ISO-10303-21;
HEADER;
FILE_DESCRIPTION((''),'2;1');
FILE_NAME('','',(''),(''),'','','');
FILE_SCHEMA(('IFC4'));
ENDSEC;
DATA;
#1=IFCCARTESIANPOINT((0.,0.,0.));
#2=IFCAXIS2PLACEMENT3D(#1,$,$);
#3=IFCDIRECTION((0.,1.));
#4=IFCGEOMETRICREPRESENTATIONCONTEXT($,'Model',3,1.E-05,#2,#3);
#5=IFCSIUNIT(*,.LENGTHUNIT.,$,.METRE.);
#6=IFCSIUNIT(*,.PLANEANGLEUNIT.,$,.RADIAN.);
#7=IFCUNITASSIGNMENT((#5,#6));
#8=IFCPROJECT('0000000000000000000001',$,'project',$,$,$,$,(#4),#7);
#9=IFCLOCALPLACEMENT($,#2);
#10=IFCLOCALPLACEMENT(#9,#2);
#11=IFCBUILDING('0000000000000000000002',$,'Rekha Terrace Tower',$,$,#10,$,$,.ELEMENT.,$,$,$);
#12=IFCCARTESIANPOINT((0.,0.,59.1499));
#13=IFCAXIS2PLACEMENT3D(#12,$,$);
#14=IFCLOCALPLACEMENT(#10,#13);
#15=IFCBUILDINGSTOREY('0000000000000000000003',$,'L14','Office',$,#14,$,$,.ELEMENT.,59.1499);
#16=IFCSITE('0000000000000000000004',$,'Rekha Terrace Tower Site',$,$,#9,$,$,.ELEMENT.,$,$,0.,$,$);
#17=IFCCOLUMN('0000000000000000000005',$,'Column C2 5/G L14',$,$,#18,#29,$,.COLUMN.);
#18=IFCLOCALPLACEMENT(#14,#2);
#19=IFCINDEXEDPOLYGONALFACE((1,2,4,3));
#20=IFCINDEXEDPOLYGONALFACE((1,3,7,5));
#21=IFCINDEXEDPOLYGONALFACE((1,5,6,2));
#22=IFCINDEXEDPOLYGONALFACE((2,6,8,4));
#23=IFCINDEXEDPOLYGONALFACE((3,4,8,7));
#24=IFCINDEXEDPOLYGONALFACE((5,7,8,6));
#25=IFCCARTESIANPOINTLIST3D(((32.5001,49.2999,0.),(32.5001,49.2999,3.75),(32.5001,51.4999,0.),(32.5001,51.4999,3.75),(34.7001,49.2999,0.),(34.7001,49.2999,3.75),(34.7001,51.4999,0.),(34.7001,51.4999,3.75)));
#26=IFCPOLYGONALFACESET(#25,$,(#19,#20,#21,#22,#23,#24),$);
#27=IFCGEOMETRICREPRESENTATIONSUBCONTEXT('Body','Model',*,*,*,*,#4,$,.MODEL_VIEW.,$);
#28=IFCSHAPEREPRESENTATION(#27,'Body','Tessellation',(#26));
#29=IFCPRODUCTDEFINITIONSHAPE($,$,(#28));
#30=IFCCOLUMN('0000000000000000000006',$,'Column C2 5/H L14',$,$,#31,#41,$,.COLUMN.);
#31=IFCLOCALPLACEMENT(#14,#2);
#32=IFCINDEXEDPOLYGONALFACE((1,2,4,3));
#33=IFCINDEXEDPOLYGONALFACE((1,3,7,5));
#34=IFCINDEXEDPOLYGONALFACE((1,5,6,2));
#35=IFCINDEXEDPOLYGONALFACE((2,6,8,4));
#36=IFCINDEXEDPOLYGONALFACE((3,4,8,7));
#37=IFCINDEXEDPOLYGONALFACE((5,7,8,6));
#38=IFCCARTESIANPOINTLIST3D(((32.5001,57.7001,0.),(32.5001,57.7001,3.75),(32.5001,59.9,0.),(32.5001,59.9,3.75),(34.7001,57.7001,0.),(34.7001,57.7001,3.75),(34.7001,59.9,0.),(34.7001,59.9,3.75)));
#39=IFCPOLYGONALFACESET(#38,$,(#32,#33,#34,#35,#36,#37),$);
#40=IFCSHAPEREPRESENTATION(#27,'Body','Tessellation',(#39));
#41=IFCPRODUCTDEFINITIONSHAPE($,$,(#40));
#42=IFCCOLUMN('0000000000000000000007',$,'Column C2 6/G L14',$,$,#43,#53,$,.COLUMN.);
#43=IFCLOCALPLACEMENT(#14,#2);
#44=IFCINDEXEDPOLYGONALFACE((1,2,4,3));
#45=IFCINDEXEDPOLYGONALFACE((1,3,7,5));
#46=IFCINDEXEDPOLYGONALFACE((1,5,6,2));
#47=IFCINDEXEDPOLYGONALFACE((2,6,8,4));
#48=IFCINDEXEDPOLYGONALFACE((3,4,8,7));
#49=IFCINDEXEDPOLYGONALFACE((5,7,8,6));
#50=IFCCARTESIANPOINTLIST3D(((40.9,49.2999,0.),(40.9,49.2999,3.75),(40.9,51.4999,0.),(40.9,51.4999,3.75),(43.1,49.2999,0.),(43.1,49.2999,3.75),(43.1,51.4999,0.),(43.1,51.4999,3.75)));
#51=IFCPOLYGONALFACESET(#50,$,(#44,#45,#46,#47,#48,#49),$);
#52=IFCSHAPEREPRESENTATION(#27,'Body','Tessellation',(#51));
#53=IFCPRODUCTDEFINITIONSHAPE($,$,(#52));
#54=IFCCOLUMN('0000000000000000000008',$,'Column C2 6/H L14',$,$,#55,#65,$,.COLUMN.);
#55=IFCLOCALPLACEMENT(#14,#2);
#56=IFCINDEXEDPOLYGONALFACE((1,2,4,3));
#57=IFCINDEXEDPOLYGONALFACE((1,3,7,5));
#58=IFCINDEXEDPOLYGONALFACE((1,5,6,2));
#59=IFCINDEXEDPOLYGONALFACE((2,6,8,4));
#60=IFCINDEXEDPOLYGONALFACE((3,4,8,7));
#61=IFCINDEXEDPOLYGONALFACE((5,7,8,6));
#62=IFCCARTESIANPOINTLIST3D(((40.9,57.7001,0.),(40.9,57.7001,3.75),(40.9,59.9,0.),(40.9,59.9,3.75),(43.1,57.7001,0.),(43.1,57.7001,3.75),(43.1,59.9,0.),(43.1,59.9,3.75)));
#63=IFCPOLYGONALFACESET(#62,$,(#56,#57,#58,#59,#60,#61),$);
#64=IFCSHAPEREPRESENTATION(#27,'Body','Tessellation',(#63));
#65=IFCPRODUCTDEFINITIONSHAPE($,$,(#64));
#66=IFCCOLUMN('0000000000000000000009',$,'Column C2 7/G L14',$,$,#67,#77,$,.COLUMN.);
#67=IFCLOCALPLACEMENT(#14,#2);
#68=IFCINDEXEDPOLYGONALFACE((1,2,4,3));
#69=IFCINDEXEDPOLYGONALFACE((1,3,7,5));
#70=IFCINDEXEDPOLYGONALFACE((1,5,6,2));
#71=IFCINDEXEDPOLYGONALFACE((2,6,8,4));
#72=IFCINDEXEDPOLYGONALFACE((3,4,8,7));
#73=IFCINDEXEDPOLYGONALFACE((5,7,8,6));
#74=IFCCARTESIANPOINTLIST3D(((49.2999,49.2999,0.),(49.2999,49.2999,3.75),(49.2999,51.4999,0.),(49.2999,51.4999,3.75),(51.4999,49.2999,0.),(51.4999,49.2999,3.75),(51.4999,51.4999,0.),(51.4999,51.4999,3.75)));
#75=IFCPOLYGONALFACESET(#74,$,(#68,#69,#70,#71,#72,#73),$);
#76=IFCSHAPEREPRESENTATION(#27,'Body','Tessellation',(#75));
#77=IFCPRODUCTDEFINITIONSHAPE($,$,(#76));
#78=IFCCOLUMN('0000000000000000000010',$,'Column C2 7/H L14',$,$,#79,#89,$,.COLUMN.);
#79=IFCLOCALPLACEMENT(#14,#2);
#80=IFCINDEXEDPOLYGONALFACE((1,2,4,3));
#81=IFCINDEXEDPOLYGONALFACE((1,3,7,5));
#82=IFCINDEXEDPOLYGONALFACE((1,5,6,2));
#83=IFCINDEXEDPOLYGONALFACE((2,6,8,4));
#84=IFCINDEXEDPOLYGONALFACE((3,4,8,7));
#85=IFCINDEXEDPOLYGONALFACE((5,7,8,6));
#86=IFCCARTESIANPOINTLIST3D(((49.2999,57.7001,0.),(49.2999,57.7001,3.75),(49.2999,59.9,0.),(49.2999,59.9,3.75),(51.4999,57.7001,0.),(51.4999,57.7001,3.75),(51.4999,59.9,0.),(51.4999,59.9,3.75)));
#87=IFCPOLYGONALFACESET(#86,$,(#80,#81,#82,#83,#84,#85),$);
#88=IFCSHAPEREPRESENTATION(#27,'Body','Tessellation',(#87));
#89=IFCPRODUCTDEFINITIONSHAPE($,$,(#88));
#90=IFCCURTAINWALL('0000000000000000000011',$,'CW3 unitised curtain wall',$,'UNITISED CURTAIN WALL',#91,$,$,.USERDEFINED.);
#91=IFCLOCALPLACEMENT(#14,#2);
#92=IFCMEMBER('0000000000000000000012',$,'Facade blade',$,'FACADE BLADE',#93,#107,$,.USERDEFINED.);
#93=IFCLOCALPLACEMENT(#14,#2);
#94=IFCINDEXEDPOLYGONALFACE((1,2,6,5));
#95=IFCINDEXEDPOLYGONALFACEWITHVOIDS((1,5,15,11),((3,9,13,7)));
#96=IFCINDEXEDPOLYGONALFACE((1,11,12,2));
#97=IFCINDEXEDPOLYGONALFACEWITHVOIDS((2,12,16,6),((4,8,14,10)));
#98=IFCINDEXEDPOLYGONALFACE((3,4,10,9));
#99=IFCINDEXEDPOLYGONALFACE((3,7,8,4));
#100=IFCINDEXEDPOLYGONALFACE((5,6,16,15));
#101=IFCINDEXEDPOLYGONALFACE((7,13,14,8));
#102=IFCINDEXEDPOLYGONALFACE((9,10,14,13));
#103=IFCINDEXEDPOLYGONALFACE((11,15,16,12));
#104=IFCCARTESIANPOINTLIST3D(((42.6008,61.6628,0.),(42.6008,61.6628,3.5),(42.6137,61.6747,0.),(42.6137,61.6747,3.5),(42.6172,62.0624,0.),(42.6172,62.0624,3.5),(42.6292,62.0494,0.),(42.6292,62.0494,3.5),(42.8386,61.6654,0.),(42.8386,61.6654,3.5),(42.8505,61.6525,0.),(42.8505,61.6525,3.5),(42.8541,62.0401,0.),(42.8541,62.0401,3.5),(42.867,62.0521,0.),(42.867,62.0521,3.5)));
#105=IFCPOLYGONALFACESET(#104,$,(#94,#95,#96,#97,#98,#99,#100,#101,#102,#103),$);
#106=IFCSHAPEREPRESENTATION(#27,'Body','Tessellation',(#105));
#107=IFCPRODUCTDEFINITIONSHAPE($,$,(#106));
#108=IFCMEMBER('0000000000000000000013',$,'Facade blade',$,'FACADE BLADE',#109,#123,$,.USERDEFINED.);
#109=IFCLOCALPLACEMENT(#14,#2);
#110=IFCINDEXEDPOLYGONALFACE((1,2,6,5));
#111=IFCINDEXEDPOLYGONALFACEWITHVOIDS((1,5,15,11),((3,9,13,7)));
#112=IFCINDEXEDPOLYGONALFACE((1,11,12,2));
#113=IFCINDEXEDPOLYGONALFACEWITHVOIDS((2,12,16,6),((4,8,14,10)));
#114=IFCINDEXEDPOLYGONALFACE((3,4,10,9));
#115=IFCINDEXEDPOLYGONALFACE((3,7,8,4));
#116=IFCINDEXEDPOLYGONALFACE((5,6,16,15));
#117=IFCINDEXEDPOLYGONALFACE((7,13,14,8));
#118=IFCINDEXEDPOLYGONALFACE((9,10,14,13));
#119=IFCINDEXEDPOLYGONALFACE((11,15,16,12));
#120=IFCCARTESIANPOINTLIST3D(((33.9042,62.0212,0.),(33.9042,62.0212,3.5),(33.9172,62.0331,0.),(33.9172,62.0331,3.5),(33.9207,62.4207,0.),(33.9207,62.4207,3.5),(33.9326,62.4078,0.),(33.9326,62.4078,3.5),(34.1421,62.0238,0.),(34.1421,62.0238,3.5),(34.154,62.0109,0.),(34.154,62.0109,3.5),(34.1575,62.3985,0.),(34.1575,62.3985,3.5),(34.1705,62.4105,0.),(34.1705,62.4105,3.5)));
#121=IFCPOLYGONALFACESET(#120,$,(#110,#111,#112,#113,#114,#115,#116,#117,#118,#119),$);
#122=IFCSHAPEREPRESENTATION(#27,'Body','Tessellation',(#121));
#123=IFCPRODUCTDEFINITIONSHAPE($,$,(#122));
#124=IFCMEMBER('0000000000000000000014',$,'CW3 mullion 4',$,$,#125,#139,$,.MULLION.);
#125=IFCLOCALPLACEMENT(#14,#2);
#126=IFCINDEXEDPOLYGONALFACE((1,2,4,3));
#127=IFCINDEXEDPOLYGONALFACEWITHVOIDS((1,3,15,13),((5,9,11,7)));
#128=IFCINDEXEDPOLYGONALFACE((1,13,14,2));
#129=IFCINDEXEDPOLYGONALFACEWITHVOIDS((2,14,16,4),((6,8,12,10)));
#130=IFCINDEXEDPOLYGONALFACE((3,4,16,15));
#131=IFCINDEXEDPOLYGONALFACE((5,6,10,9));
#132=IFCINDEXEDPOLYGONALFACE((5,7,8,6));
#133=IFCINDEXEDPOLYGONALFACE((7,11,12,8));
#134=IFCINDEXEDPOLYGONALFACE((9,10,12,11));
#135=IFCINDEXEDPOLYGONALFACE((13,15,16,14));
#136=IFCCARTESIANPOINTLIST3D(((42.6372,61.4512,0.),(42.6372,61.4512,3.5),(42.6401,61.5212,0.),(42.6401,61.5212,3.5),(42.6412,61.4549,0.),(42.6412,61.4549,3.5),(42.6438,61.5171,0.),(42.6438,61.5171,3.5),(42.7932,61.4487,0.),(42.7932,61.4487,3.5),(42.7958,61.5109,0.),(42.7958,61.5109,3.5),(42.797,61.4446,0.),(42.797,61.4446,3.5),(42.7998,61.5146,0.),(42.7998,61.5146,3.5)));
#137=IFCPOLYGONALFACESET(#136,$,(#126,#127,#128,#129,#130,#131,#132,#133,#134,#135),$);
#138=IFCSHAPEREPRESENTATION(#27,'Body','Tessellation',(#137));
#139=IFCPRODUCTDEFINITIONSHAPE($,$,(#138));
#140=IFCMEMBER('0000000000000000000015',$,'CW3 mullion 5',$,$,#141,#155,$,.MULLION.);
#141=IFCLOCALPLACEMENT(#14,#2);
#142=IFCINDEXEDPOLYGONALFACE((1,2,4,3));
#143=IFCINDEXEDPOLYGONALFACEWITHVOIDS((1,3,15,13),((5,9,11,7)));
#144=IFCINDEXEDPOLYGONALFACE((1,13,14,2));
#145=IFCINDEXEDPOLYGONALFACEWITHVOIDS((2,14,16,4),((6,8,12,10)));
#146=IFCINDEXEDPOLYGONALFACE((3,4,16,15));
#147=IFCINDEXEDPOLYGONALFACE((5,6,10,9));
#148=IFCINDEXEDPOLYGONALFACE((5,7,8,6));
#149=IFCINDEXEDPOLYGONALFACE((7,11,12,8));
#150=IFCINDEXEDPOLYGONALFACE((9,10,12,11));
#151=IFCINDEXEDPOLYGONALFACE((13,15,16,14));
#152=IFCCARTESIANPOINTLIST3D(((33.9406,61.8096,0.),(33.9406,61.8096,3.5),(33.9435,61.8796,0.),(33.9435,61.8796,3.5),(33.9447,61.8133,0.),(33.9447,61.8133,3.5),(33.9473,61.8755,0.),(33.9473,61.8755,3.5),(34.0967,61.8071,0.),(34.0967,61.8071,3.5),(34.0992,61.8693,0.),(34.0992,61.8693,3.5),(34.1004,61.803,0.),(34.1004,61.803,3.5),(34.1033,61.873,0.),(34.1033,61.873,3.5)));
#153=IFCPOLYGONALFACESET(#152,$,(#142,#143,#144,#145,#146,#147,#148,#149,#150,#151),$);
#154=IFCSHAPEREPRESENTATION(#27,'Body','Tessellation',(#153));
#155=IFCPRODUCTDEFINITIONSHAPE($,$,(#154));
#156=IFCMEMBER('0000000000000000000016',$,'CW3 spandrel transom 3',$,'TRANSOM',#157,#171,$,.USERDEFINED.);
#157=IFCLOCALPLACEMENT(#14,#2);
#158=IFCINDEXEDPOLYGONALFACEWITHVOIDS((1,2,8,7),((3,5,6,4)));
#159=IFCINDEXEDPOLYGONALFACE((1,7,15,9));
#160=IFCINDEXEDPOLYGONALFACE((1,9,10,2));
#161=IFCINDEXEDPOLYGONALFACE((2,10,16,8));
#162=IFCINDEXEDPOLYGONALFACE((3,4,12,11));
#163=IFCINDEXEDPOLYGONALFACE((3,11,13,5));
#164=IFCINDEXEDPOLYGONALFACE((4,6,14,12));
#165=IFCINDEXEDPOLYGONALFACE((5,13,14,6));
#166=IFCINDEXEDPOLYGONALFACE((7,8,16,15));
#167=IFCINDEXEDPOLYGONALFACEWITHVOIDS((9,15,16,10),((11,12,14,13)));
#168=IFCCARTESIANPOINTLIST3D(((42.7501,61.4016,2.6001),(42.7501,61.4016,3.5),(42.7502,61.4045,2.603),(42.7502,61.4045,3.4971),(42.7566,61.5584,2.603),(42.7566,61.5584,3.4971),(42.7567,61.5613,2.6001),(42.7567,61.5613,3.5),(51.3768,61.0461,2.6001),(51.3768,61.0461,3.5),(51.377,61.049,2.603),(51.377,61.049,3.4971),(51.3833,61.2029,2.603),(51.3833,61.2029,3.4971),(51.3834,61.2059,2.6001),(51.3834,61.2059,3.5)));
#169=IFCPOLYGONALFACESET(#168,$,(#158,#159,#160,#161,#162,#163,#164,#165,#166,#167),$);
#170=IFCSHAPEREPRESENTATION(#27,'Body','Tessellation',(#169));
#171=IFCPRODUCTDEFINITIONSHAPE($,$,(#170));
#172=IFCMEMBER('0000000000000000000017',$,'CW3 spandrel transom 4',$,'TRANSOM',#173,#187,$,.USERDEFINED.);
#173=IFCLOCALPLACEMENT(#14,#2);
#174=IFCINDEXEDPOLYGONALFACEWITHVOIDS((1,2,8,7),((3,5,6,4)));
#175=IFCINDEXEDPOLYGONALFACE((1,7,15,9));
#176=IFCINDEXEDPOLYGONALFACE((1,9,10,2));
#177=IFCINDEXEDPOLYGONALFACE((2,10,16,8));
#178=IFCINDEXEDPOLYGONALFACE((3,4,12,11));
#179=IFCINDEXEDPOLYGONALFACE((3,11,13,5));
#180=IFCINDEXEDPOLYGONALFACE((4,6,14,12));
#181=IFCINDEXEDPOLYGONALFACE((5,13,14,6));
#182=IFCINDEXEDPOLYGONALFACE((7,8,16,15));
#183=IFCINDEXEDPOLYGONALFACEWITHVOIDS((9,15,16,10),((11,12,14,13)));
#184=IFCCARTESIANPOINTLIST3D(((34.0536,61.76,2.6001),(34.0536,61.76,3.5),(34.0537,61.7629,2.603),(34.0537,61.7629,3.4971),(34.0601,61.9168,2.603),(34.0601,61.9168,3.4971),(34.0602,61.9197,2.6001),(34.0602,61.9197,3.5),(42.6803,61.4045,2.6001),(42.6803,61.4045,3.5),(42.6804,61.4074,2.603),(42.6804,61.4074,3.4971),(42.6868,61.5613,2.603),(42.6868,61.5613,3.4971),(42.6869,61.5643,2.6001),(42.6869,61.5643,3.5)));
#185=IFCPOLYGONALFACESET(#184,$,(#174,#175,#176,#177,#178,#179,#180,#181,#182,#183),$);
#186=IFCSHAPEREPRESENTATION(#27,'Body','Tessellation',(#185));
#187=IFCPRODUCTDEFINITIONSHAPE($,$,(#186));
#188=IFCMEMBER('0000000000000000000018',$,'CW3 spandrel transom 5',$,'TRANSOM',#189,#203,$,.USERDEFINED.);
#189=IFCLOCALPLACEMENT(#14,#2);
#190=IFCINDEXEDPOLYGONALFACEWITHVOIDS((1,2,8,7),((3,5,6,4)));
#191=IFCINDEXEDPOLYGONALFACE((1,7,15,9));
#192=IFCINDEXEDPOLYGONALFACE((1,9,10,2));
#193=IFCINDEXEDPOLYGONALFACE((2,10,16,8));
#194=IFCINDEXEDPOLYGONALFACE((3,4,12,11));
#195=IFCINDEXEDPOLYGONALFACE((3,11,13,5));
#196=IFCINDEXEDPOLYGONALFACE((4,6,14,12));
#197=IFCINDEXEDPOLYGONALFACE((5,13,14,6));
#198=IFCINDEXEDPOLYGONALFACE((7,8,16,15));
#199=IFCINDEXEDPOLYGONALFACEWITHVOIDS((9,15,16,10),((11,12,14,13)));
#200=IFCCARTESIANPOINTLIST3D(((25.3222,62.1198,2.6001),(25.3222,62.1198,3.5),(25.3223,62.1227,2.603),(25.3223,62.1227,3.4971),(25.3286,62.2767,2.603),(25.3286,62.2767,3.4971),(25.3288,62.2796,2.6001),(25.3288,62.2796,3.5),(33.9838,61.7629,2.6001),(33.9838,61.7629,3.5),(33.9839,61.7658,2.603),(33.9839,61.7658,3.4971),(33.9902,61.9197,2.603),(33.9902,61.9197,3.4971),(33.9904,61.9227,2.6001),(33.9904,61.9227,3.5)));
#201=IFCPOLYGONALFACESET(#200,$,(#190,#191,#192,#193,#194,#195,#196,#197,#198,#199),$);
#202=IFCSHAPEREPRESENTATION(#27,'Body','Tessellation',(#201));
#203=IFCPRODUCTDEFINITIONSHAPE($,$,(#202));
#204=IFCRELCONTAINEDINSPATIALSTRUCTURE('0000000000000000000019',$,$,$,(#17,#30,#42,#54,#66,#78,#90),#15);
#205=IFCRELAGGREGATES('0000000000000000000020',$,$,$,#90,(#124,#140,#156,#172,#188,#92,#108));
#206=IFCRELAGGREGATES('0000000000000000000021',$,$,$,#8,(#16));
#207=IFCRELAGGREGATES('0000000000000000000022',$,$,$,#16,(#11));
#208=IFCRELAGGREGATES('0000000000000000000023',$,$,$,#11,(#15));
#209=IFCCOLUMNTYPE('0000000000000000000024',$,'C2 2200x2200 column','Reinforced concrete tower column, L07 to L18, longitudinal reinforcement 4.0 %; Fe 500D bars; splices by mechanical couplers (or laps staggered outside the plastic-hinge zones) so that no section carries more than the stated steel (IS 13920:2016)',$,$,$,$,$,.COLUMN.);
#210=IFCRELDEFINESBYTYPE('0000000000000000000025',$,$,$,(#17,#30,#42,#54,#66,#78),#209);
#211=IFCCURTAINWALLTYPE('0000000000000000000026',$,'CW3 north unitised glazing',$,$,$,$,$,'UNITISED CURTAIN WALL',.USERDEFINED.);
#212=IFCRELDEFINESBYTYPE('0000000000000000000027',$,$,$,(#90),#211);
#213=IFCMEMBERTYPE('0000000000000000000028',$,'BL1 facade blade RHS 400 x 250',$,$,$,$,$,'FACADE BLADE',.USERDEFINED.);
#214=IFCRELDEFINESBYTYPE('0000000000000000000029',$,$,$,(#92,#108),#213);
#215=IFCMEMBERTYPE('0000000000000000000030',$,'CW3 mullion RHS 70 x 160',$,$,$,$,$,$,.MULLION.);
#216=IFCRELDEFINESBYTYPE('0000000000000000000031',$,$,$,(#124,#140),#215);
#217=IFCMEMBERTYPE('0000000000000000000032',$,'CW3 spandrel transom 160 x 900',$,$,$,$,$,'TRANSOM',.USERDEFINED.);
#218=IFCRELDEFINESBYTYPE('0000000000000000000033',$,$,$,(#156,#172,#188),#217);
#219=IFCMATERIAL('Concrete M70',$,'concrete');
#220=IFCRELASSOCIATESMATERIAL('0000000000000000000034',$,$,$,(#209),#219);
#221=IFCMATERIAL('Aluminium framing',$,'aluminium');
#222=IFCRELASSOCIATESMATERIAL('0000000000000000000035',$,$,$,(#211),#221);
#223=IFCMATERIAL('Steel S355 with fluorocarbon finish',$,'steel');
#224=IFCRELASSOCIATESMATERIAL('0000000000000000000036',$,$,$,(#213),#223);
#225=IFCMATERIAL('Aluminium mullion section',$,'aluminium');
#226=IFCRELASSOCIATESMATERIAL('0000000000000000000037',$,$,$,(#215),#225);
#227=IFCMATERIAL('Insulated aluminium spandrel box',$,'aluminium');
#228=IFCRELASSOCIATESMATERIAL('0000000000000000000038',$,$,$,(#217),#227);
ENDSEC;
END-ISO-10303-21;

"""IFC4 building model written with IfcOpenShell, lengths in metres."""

from ifc_helpers import new_model, si_unit, direction, frame, origin, origin_2d, place, context, subcontext, project, spatial, rectangle, hollow_rectangle, extrude, material, material_profile, profile_set, type_object, element, aggregate, save


model = new_model("IFC4")

# Units and contexts
model_context = context("Model", 3, precision=1e-05, world=origin(), true_north=direction((0.0, 1.0)))
body_context = subcontext(model_context, "Body", "Model", "MODEL_VIEW")
ifc_project = project(units=[si_unit("LENGTHUNIT", "METRE"), si_unit("PLANEANGLEUNIT", "RADIAN")], contexts=[model_context])

# Site, building, storey
site_placement = place(None, origin())
site = spatial("IfcSite", under=ifc_project, at=site_placement, Name="Rekha Terrace Tower Site", CompositionType="ELEMENT", RefElevation=0.0)
building_placement = place(site_placement, origin())
building = spatial("IfcBuilding", under=site, at=building_placement, Name="Rekha Terrace Tower", CompositionType="ELEMENT")
storey_placement = place(building_placement, frame((0.0, 0.0, 59.1499)))
storey = spatial("IfcBuildingStorey", under=building, at=storey_placement, Name="L14", Description="Office", CompositionType="ELEMENT", Elevation=59.1499)

# Columns
ifc_material_1 = material(Name="Concrete M70", Category="concrete")
ifc_material_profile_1 = material_profile(ifc_material_1, rectangle(XDim=2.2, YDim=2.2, at=origin_2d()), Name="RC 2200x2200")
ifc_profile_set_1 = profile_set([ifc_material_profile_1], Name="Concrete M70")
column_type = type_object("IfcColumnType", Name="C2 2200x2200 column", Description="Reinforced concrete tower column, L07 to L18, longitudinal reinforcement 4.0 %; Fe 500D bars; splices by mechanical couplers (or laps staggered outside the plastic-hinge zones) so that no section carries more than the stated steel (IS 13920:2016)", PredefinedType="COLUMN", material=ifc_profile_set_1)
for number, where, z_axis, x_axis, name in (
    (1, (33.6001, 50.3999, 0.0), (0.0, 0.0, 1.0), (1.0, 0.0, 0.0), "Column C2 5/G L14"),
    (2, (33.6001, 58.8, 0.0), (0.0, 0.0, 1.0), (1.0, 0.0, 0.0), "Column C2 5/H L14"),
    (3, (42.0, 50.3999, 0.0), (0.0, 0.0, 1.0), (1.0, 0.0, 0.0), "Column C2 6/G L14"),
    (4, (42.0, 58.8, 0.0), (0.0, 0.0, 1.0), (1.0, 0.0, 0.0), "Column C2 6/H L14"),
    (5, (50.3999, 50.3999, 0.0), (0.0, 0.0, 1.0), (1.0, 0.0, 0.0), "Column C2 7/G L14"),
    (6, (50.3999, 58.8, 0.0), (0.0, 0.0, 1.0), (1.0, 0.0, 0.0), "Column C2 7/H L14"),
):
    element("IfcColumn", number, at=place(storey_placement, frame(where, z_axis=z_axis, x_axis=x_axis)), inside=storey, type_object=column_type, Name=name, PredefinedType="COLUMN", context=body_context, shape_type="SweptSolid", body=[
        extrude(rectangle(XDim=2.2, YDim=2.2, at=origin_2d()), origin(), (0.0, 0.0, 1.0), 3.75),
    ])

# Curtain wall, members
ifc_material_2 = material(Name="Aluminium framing", Category="aluminium")
curtain_wall_type = type_object("IfcCurtainWallType", Name="CW3 north unitised glazing", ElementType="UNITISED CURTAIN WALL", PredefinedType="USERDEFINED", material=ifc_material_2)
curtain_wall_placement = place(storey_placement, origin())
curtain_wall = element("IfcCurtainWall", 7, at=curtain_wall_placement, inside=storey, type_object=curtain_wall_type, Name="CW3 unitised curtain wall", ObjectType="UNITISED CURTAIN WALL", PredefinedType="USERDEFINED")
ifc_material_3 = material(Name="Steel S355 with fluorocarbon finish", Category="steel")
ifc_material_profile_2 = material_profile(ifc_material_3, hollow_rectangle(XDim=0.25, YDim=0.3999, WallThickness=0.0125, at=origin_2d()), Name="RHS400x250x12.5")
ifc_profile_set_2 = profile_set([ifc_material_profile_2], Name="Steel S355 with fluorocarbon finish")
member_type_1 = type_object("IfcMemberType", Name="BL1 facade blade RHS 400 x 250", ElementType="FACADE BLADE", PredefinedType="USERDEFINED", material=ifc_profile_set_2)
member_1_placement = place(storey_placement, frame((42.7339, 61.8574, 0.0), z_axis=(0.0, 0.0, 1.0), x_axis=(-0.999152, 0.041175, 0.0)))
member_1 = element("IfcMember", 8, at=member_1_placement, type_object=member_type_1, Name="Facade blade", ObjectType="FACADE BLADE", PredefinedType="USERDEFINED", context=body_context, shape_type="SweptSolid", body=[
    extrude(hollow_rectangle(XDim=0.25, YDim=0.3999, WallThickness=0.0125, at=origin_2d()), origin(), (0.0, 0.0, 1.0), 3.5),
])
member_2_placement = place(storey_placement, frame((34.0374, 62.2158, 0.0), z_axis=(0.0, 0.0, 1.0), x_axis=(-0.999152, 0.041175, 0.0)))
member_2 = element("IfcMember", 9, at=member_2_placement, type_object=member_type_1, Name="Facade blade", ObjectType="FACADE BLADE", PredefinedType="USERDEFINED", context=body_context, shape_type="SweptSolid", body=[
    extrude(hollow_rectangle(XDim=0.25, YDim=0.3999, WallThickness=0.0125, at=origin_2d()), origin(), (0.0, 0.0, 1.0), 3.5),
])
ifc_material_4 = material(Name="Aluminium mullion section", Category="aluminium")
ifc_material_profile_3 = material_profile(ifc_material_4, hollow_rectangle(XDim=0.0701, YDim=0.1599, WallThickness=0.0039, at=origin_2d()), Name="AL RHS 70x160")
ifc_profile_set_3 = profile_set([ifc_material_profile_3], Name="Aluminium mullion section")
member_type_2 = type_object("IfcMemberType", Name="CW3 mullion RHS 70 x 160", PredefinedType="MULLION", material=ifc_profile_set_3)
member_3_placement = place(storey_placement, frame((42.7185, 61.4829, 0.0), z_axis=(0.0, 0.0, 1.0), x_axis=(-0.041174, -0.999152, 0.0)))
member_3 = element("IfcMember", 10, at=member_3_placement, type_object=member_type_2, Name="CW3 mullion 4", PredefinedType="MULLION", context=body_context, shape_type="SweptSolid", body=[
    extrude(hollow_rectangle(XDim=0.0701, YDim=0.1599, WallThickness=0.0039, at=origin_2d()), origin(), (0.0, 0.0, 1.0), 3.5),
])
member_4_placement = place(storey_placement, frame((34.022, 61.8413, 0.0), z_axis=(0.0, 0.0, 1.0), x_axis=(-0.041174, -0.999152, 0.0)))
member_4 = element("IfcMember", 11, at=member_4_placement, type_object=member_type_2, Name="CW3 mullion 5", PredefinedType="MULLION", context=body_context, shape_type="SweptSolid", body=[
    extrude(hollow_rectangle(XDim=0.0701, YDim=0.1599, WallThickness=0.0039, at=origin_2d()), origin(), (0.0, 0.0, 1.0), 3.5),
])
ifc_material_5 = material(Name="Insulated aluminium spandrel box", Category="aluminium")
ifc_material_profile_4 = material_profile(ifc_material_5, hollow_rectangle(XDim=0.1599, YDim=0.8999, WallThickness=0.0029, at=origin_2d()), Name="AL SPANDREL BOX 160x900")
ifc_profile_set_4 = profile_set([ifc_material_profile_4], Name="Insulated aluminium spandrel box")
member_type_3 = type_object("IfcMemberType", Name="CW3 spandrel transom 160 x 900", ElementType="TRANSOM", PredefinedType="USERDEFINED", material=ifc_profile_set_4)
member_5_placement = place(storey_placement, frame((51.3801, 61.126, 3.05), z_axis=(-0.999152, 0.041171, 0.0), x_axis=(-0.041171, -0.999152, 0.0)))
member_5 = element("IfcMember", 12, at=member_5_placement, type_object=member_type_3, Name="CW3 spandrel transom 3", ObjectType="TRANSOM", PredefinedType="USERDEFINED", context=body_context, shape_type="SweptSolid", body=[
    extrude(hollow_rectangle(XDim=0.1599, YDim=0.8999, WallThickness=0.0029, at=origin_2d()), origin(), (0.0, 0.0, 1.0), 8.634),
])
member_6_placement = place(storey_placement, frame((42.6836, 61.4844, 3.05), z_axis=(-0.999152, 0.041171, 0.0), x_axis=(-0.041171, -0.999152, 0.0)))
member_6 = element("IfcMember", 13, at=member_6_placement, type_object=member_type_3, Name="CW3 spandrel transom 4", ObjectType="TRANSOM", PredefinedType="USERDEFINED", context=body_context, shape_type="SweptSolid", body=[
    extrude(hollow_rectangle(XDim=0.1599, YDim=0.8999, WallThickness=0.0029, at=origin_2d()), origin(), (0.0, 0.0, 1.0), 8.634),
])
member_7_placement = place(storey_placement, frame((33.9871, 61.8428, 3.05), z_axis=(-0.999152, 0.041174, 0.0), x_axis=(-0.041174, -0.999152, 0.0)))
member_7 = element("IfcMember", 14, at=member_7_placement, type_object=member_type_3, Name="CW3 spandrel transom 5", ObjectType="TRANSOM", PredefinedType="USERDEFINED", context=body_context, shape_type="SweptSolid", body=[
    extrude(hollow_rectangle(XDim=0.1599, YDim=0.8999, WallThickness=0.0029, at=origin_2d()), origin(), (0.0, 0.0, 1.0), 8.6689),
])

aggregate(curtain_wall, [member_3, member_4, member_5, member_6, member_7, member_1, member_2])

save(model, "model.ifc")
